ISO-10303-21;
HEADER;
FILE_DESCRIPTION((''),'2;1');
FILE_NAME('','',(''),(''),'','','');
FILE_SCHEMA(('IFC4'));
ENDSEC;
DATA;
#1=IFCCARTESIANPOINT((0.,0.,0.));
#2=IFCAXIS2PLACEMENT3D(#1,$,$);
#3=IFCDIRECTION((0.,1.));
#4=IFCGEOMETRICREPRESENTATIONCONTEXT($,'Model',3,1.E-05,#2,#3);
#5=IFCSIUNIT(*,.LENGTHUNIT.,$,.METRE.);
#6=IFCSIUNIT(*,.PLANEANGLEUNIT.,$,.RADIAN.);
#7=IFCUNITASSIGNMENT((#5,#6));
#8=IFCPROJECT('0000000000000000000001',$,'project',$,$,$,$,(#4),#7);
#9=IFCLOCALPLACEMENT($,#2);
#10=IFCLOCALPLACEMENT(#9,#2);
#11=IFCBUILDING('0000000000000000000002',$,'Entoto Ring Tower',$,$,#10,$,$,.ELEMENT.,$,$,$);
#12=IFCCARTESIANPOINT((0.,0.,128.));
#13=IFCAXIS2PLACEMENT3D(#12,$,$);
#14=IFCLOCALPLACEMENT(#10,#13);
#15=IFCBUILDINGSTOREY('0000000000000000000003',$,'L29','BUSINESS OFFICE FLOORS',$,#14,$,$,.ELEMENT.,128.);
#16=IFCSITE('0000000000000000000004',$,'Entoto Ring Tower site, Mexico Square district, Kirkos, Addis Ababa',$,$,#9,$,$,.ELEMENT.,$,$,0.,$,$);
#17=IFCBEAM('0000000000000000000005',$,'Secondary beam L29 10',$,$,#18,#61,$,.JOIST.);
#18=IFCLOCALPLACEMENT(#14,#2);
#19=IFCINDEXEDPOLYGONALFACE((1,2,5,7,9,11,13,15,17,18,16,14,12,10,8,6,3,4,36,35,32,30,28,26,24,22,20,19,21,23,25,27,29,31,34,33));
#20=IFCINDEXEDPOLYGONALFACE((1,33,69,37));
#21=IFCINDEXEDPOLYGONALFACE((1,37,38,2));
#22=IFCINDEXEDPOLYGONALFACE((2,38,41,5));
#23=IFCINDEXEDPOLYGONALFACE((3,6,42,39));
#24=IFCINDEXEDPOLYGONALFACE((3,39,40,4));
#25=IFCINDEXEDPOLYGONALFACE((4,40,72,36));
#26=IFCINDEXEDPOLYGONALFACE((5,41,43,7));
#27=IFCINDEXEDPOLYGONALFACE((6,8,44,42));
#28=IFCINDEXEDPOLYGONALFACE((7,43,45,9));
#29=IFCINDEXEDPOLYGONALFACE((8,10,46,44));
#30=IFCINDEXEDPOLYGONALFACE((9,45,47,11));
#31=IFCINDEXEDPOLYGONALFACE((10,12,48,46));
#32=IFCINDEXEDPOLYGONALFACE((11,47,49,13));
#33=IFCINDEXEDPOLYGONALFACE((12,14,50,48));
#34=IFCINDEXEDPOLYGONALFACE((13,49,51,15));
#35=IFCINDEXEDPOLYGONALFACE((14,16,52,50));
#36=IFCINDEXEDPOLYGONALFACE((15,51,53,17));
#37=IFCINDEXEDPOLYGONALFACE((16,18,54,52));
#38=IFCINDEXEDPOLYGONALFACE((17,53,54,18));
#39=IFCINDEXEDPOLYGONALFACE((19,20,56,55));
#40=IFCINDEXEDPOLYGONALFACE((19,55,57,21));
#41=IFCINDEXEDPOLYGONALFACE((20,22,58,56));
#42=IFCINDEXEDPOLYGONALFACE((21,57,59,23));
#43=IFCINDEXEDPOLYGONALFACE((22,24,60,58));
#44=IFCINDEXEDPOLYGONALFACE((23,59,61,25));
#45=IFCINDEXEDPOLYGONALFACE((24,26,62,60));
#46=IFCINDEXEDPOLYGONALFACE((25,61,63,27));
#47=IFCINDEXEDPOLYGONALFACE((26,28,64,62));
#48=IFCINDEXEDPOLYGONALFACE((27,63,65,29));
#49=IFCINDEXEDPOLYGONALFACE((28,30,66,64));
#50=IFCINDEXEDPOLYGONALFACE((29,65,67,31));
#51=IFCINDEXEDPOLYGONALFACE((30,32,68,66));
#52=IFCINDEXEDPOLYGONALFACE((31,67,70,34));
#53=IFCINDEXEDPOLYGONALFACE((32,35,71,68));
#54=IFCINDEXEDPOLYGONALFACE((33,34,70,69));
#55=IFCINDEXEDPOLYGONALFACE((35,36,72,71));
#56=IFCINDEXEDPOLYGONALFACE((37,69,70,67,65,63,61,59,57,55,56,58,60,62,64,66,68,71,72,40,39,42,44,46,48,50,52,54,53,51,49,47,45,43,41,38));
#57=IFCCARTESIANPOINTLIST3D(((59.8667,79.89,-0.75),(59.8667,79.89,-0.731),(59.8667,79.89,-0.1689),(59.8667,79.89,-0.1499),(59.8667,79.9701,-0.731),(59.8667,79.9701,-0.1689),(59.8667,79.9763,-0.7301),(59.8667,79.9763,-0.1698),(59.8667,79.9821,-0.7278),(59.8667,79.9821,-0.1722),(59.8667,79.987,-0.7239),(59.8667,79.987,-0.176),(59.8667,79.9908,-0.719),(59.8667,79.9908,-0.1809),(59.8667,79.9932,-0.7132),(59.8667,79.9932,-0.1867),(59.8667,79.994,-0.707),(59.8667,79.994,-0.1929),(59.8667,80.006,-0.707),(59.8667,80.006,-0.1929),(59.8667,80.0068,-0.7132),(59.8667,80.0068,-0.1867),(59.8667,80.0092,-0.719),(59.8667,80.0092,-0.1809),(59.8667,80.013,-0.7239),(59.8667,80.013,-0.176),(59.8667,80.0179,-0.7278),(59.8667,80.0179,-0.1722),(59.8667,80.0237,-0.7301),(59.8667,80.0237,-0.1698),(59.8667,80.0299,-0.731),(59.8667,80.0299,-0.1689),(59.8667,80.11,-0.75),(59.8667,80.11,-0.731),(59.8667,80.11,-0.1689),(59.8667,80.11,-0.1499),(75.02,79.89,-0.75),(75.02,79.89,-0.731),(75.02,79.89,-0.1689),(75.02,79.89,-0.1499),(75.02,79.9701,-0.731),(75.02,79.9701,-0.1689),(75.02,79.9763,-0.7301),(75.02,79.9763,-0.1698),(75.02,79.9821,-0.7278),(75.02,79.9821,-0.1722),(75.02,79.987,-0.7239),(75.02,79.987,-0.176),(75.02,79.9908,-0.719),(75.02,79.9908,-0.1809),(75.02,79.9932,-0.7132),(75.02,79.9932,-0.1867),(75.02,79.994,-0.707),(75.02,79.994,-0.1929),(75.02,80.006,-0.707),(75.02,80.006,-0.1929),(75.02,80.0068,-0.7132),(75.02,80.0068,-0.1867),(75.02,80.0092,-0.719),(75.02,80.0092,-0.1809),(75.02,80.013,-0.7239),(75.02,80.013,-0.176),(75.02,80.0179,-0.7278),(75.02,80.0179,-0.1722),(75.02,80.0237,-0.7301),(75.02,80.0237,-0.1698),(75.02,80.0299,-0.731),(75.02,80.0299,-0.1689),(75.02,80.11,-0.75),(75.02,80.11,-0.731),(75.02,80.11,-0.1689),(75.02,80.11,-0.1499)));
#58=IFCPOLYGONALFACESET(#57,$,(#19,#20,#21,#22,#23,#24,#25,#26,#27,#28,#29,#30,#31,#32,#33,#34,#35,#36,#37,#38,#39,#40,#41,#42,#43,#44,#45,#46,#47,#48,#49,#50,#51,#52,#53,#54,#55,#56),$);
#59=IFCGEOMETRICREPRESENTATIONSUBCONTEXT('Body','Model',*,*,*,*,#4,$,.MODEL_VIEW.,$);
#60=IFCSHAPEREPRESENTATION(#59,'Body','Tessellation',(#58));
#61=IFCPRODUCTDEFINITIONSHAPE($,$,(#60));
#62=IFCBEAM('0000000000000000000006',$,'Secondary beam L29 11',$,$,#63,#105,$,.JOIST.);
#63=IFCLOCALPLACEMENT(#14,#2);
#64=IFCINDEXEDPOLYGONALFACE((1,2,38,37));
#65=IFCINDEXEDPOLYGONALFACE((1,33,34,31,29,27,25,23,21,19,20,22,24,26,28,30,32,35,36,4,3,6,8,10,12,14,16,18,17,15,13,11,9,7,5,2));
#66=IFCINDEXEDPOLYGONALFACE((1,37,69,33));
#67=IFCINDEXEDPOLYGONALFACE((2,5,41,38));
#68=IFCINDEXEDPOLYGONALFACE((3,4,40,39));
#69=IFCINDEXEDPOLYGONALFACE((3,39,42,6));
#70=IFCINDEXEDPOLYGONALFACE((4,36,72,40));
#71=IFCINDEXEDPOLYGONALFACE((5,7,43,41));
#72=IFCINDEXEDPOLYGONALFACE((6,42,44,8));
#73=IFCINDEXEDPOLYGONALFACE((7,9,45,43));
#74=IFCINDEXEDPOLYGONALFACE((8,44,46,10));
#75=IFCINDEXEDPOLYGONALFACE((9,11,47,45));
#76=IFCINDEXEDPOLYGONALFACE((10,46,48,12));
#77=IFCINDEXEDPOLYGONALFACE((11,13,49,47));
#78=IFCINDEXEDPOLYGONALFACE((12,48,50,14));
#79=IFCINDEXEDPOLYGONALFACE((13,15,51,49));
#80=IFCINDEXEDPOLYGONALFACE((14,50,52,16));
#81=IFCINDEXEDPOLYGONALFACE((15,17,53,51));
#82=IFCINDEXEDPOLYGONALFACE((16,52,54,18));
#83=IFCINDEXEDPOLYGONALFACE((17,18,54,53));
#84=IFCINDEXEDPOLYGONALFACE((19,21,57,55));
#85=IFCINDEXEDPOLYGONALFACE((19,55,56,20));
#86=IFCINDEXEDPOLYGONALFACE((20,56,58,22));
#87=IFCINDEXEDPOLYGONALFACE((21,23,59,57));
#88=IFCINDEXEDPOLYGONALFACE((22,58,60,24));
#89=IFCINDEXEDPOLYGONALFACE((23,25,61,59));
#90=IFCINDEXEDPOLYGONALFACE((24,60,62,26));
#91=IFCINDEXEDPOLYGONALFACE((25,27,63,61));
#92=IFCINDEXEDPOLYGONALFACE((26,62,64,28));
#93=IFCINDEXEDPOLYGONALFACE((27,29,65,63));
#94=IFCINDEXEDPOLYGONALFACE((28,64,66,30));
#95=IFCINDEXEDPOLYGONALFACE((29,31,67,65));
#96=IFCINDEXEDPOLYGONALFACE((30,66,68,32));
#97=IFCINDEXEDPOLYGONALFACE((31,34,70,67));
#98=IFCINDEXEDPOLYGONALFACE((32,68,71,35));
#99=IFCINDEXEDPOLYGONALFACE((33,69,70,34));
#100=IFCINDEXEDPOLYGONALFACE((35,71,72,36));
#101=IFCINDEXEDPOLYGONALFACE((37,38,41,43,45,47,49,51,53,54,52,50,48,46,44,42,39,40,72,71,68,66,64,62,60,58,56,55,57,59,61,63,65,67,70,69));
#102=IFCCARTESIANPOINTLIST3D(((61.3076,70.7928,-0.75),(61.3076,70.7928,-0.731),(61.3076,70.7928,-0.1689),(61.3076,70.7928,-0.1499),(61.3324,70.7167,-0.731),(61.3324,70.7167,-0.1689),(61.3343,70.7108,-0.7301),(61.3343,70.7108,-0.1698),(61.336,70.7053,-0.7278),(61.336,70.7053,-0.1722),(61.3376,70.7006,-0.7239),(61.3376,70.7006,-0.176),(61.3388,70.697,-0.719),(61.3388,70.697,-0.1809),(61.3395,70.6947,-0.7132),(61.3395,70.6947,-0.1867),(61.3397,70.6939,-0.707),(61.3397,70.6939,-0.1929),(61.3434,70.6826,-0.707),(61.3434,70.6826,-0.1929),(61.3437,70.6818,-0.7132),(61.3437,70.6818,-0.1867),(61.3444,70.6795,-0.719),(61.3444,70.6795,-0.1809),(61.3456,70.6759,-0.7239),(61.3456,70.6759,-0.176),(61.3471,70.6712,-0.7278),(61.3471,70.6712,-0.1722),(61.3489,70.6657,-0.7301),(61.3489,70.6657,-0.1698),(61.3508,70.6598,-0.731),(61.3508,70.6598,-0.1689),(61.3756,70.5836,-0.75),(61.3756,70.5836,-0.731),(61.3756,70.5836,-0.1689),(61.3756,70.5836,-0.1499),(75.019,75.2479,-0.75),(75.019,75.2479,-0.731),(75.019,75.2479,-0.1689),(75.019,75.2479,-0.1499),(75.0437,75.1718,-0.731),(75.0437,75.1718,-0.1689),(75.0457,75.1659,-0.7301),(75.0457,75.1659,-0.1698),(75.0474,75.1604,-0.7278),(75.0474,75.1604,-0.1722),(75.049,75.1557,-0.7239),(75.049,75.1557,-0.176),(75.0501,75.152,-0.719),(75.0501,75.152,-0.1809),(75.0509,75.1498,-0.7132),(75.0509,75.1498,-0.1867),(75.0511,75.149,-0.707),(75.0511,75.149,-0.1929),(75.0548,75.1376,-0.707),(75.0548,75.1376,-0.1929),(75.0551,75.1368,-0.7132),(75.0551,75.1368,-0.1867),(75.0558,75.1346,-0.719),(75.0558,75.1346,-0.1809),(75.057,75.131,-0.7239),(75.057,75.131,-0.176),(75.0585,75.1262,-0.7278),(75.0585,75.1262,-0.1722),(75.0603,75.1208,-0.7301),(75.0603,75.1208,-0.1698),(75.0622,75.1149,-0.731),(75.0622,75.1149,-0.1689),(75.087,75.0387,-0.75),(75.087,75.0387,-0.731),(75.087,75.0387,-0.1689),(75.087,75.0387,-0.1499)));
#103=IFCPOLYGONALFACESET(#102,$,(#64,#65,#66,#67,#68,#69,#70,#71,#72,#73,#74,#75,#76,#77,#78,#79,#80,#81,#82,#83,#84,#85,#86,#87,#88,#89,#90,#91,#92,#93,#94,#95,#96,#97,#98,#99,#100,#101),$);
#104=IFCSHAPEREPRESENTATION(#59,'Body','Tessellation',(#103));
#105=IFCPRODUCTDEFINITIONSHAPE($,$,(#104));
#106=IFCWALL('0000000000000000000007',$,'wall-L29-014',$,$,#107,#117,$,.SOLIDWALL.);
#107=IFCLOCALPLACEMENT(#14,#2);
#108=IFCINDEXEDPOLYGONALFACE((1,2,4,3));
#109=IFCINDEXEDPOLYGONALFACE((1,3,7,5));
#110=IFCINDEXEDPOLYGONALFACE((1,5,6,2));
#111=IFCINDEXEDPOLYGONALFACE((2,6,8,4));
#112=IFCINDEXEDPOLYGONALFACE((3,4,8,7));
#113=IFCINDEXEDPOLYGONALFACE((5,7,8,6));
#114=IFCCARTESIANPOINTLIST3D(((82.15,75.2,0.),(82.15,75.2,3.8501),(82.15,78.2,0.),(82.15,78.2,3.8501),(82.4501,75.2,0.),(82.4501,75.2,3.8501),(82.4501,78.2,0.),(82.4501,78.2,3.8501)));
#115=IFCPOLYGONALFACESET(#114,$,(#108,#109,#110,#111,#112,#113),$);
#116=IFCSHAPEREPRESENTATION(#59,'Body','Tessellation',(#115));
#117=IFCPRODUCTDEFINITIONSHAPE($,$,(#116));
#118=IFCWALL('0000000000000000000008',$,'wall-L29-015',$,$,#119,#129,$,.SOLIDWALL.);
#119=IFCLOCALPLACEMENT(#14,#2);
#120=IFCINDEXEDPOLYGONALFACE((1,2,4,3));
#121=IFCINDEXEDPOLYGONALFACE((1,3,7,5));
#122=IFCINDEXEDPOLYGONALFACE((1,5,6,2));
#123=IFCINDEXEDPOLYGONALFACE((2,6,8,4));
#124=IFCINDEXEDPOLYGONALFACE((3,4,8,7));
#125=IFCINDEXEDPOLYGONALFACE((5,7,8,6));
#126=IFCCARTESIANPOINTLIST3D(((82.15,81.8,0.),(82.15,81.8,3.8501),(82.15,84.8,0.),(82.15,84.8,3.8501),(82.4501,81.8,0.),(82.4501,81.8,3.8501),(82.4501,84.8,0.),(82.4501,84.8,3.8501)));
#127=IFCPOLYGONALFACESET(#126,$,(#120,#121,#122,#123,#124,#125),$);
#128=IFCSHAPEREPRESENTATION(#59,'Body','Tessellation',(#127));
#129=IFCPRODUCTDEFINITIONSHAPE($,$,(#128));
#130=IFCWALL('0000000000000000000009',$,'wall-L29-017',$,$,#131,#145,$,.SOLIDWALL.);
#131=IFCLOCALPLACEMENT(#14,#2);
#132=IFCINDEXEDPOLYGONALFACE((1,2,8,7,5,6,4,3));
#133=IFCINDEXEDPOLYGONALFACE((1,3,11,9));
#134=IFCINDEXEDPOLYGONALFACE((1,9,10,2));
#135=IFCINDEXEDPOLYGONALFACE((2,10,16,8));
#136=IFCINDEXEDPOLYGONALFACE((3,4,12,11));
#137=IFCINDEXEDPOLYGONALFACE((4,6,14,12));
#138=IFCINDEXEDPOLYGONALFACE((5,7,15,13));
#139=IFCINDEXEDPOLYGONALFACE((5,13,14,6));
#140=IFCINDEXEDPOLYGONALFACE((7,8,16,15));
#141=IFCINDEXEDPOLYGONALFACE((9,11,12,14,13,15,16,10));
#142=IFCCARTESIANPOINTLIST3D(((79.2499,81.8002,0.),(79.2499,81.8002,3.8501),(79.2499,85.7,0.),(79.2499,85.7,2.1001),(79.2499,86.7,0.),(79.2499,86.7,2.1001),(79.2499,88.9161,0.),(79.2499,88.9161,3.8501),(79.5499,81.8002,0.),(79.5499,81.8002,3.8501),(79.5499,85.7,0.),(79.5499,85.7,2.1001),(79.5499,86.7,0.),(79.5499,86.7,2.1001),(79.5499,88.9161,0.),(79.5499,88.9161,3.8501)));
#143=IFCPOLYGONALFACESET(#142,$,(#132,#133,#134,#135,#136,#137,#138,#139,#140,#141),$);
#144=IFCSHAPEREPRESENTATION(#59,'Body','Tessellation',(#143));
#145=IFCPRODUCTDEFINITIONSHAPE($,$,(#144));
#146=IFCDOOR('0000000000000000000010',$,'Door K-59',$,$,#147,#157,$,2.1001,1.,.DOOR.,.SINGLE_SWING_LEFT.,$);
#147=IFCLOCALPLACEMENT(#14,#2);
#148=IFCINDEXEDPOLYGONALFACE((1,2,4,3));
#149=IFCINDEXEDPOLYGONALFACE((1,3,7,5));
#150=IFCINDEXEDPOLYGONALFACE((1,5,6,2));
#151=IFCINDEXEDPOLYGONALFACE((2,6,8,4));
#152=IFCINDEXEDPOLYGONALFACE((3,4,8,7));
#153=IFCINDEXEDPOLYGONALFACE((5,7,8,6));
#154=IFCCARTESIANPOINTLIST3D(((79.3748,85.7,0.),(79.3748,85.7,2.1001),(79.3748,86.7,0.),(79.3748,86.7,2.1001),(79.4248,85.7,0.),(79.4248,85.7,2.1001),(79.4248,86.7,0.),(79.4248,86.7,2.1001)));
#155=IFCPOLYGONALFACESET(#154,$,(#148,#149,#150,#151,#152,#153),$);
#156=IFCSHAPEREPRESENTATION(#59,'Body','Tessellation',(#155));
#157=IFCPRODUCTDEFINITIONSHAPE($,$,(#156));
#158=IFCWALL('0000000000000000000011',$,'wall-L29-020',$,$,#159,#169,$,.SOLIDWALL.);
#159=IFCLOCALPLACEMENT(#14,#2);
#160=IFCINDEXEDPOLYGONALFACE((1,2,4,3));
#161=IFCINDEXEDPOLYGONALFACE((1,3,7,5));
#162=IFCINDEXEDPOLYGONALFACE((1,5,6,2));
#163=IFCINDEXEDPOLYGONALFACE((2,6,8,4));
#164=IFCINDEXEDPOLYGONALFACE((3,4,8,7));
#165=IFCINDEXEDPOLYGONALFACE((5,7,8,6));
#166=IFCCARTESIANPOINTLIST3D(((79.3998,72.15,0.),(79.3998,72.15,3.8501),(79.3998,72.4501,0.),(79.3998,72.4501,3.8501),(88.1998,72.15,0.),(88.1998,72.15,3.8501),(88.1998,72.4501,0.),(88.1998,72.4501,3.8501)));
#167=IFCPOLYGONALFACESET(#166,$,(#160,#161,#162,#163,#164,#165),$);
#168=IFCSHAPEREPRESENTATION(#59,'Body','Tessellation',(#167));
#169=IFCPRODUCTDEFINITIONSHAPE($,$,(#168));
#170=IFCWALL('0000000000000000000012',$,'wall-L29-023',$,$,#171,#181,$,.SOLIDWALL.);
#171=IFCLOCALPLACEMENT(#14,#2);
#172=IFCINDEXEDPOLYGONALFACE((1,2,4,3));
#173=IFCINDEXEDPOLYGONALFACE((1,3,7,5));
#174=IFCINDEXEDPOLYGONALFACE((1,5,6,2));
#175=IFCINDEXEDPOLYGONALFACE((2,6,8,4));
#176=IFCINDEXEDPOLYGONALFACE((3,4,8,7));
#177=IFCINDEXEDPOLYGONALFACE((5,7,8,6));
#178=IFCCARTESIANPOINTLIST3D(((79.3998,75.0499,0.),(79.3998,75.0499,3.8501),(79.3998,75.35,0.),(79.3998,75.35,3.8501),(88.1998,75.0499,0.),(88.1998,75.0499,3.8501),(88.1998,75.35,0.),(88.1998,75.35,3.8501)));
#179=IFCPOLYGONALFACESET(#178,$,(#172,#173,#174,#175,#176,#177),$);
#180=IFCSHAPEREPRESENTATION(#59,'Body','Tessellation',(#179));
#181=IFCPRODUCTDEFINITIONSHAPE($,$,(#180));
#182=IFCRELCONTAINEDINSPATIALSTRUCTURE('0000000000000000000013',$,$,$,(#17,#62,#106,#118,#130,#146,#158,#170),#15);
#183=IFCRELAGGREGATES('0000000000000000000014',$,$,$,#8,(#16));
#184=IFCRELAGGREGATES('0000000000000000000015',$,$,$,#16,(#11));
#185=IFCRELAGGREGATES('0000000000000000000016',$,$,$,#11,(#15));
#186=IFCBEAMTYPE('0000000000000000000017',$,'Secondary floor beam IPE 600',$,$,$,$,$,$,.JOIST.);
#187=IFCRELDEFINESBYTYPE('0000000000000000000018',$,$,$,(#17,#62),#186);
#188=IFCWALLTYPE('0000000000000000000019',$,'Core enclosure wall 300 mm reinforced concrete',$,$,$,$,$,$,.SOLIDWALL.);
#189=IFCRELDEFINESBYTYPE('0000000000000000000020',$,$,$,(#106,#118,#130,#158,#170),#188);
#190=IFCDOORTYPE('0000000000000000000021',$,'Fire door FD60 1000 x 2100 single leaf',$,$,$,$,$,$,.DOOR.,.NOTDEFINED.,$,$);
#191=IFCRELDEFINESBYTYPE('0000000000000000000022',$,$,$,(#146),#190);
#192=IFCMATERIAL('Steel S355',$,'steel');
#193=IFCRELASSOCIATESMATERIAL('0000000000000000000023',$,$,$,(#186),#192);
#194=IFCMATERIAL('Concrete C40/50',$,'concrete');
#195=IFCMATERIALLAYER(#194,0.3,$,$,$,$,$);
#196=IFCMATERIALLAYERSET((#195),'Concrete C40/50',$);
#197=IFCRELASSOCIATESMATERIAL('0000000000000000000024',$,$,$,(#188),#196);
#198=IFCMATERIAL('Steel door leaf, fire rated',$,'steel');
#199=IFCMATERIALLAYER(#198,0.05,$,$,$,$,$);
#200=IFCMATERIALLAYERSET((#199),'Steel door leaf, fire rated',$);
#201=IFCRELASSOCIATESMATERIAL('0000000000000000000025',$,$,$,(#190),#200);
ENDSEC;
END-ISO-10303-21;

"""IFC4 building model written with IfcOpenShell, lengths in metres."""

from ifc_helpers import new_model, si_unit, direction, frame, frame_2d, origin, origin_2d, place, context, subcontext, project, spatial, rectangle, i_section, extrude, material, layer, layer_set, material_profile, profile_set, type_object, element, fill, save


model = new_model("IFC4")

# Units and contexts
model_context = context("Model", 3, precision=1e-05, world=origin(), true_north=direction((0.0, 1.0)))
body_context = subcontext(model_context, "Body", "Model", "MODEL_VIEW")
ifc_project = project(units=[si_unit("LENGTHUNIT", "METRE"), si_unit("PLANEANGLEUNIT", "RADIAN")], contexts=[model_context])

# Site, building, storey
site_placement = place(None, origin())
site = spatial("IfcSite", under=ifc_project, at=site_placement, Name="Entoto Ring Tower site, Mexico Square district, Kirkos, Addis Ababa", CompositionType="ELEMENT", RefElevation=0.0)
building_placement = place(site_placement, origin())
building = spatial("IfcBuilding", under=site, at=building_placement, Name="Entoto Ring Tower", CompositionType="ELEMENT")
storey_placement = place(building_placement, frame((0.0, 0.0, 128.0)))
storey = spatial("IfcBuildingStorey", under=building, at=storey_placement, Name="L29", Description="BUSINESS OFFICE FLOORS", CompositionType="ELEMENT", Elevation=128.0)

# Beams
ifc_material_1 = material(Name="Steel S355", Category="steel")
ifc_material_profile_1 = material_profile(ifc_material_1, i_section(OverallWidth=0.22, OverallDepth=0.6001, WebThickness=0.012, FlangeThickness=0.019, FilletRadius=0.0239, at=origin_2d()), Name="IPE 600")
ifc_profile_set_1 = profile_set([ifc_material_profile_1], Name="Steel S355")
beam_type_1 = type_object("IfcBeamType", Name="Secondary floor beam IPE 600", PredefinedType="JOIST", material=ifc_profile_set_1)
beam_1_placement = place(storey_placement, frame((75.02, 80.0, -0.45), z_axis=(-1.0, 0.0, 0.0), x_axis=(0.0, -1.0, 0.0)))
element("IfcBeam", 1, at=beam_1_placement, inside=storey, type_object=beam_type_1, Name="Secondary beam L29 10", PredefinedType="JOIST", context=body_context, shape_type="SweptSolid", body=[
    extrude(i_section(OverallWidth=0.22, OverallDepth=0.6001, WebThickness=0.012, FlangeThickness=0.019, FilletRadius=0.0239, at=origin_2d()), origin(), (0.0, 0.0, 1.0), 15.1533),
])
beam_2_placement = place(storey_placement, frame((75.053, 75.1433, -0.45), z_axis=(-0.951057, -0.309015, 0.0), x_axis=(0.309015, -0.951057, 0.0)))
element("IfcBeam", 2, at=beam_2_placement, inside=storey, type_object=beam_type_1, Name="Secondary beam L29 11", PredefinedType="JOIST", context=body_context, shape_type="SweptSolid", body=[
    extrude(i_section(OverallWidth=0.22, OverallDepth=0.6001, WebThickness=0.012, FlangeThickness=0.019, FilletRadius=0.0239, at=origin_2d()), origin(), (0.0, 0.0, 1.0), 14.417),
])

# Walls
ifc_material_2 = material(Name="Concrete C40/50", Category="concrete")
ifc_layer_1 = layer(ifc_material_2, 0.3)
ifc_layer_set_1 = layer_set([ifc_layer_1], Name="Concrete C40/50")
wall_type_1 = type_object("IfcWallType", Name="Core enclosure wall 300 mm reinforced concrete", PredefinedType="SOLIDWALL", material=ifc_layer_set_1)
for number, where, z_axis, x_axis, name in (
    (3, (82.3, 75.2, 0.0), (0.0, 0.0, 1.0), (0.0, 1.0, 0.0), "wall-L29-014"),
    (4, (82.3, 81.8, 0.0), (0.0, 0.0, 1.0), (0.0, 1.0, 0.0), "wall-L29-015"),
):
    element("IfcWall", number, at=place(storey_placement, frame(where, z_axis=z_axis, x_axis=x_axis)), inside=storey, type_object=wall_type_1, Name=name, PredefinedType="SOLIDWALL", context=body_context, shape_type="SweptSolid", body=[
        extrude(rectangle(XDim=3.0, YDim=0.3, at=frame_2d((1.5, 0.0))), origin(), (0.0, 0.0, 1.0), 3.8501),
    ])

# Wall, opening, door
wall_1_placement = place(storey_placement, frame((79.3999, 81.8, 0.0), z_axis=(0.0, 0.0, 1.0), x_axis=(0.0, 1.0, 0.0)))
wall_1 = element("IfcWall", 5, at=wall_1_placement, inside=storey, type_object=wall_type_1, Name="wall-L29-017", PredefinedType="SOLIDWALL", context=body_context, shape_type="SweptSolid", body=[
    extrude(rectangle(XDim=7.116, YDim=0.3, at=frame_2d((3.5581, 0.0))), origin(), (0.0, 0.0, 1.0), 3.8501),
])
opening_1_placement = place(wall_1_placement, frame((3.8999, 0.0, 0.0)))
opening_1 = element("IfcOpeningElement", 6, at=opening_1_placement, cuts=wall_1, PredefinedType="OPENING", context=body_context, shape_type="SweptSolid", body=[
    extrude(rectangle(XDim=1.0, YDim=2.1001, at=frame_2d((0.5, 1.05))), frame((0.0, 0.1602, 0.0), z_axis=(0.0, -1.0, 0.0), x_axis=(1.0, 0.0, 0.0)), (0.0, 0.0, 1.0), 0.3201),
])
ifc_material_3 = material(Name="Steel door leaf, fire rated", Category="steel")
ifc_layer_2 = layer(ifc_material_3, 0.05)
ifc_layer_set_2 = layer_set([ifc_layer_2], Name="Steel door leaf, fire rated")
door_type_1 = type_object("IfcDoorType", Name="Fire door FD60 1000 x 2100 single leaf", OperationType="NOTDEFINED", PredefinedType="DOOR", material=ifc_layer_set_2)
door_1_placement = place(opening_1_placement, frame((1.0, 0.0, 0.0), z_axis=(0.0, 0.0, 1.0), x_axis=(-1.0, 0.0, 0.0)))
door_1 = element("IfcDoor", 7, at=door_1_placement, inside=storey, type_object=door_type_1, Name="Door K-59", OperationType="SINGLE_SWING_LEFT", OverallHeight=2.1001, OverallWidth=1.0, PredefinedType="DOOR", context=body_context, shape_type="SweptSolid", body=[
    extrude(rectangle(XDim=1.0, YDim=2.1001, at=frame_2d((0.5, 1.05))), frame((0.0, 0.0249, 0.0), z_axis=(0.0, -1.0, 0.0), x_axis=(1.0, 0.0, 0.0)), (0.0, 0.0, 1.0), 0.05),
])
fill(opening_1, door_1)

# Walls
for number, where, z_axis, x_axis, name in (
    (8, (79.3999, 72.3, 0.0), (0.0, 0.0, 1.0), (1.0, 0.0, 0.0), "wall-L29-020"),
    (9, (79.3999, 75.2, 0.0), (0.0, 0.0, 1.0), (1.0, 0.0, 0.0), "wall-L29-023"),
):
    element("IfcWall", number, at=place(storey_placement, frame(where, z_axis=z_axis, x_axis=x_axis)), inside=storey, type_object=wall_type_1, Name=name, PredefinedType="SOLIDWALL", context=body_context, shape_type="SweptSolid", body=[
        extrude(rectangle(XDim=8.8, YDim=0.3, at=frame_2d((4.3999, 0.0))), origin(), (0.0, 0.0, 1.0), 3.8501),
    ])

save(model, "model.ifc")
